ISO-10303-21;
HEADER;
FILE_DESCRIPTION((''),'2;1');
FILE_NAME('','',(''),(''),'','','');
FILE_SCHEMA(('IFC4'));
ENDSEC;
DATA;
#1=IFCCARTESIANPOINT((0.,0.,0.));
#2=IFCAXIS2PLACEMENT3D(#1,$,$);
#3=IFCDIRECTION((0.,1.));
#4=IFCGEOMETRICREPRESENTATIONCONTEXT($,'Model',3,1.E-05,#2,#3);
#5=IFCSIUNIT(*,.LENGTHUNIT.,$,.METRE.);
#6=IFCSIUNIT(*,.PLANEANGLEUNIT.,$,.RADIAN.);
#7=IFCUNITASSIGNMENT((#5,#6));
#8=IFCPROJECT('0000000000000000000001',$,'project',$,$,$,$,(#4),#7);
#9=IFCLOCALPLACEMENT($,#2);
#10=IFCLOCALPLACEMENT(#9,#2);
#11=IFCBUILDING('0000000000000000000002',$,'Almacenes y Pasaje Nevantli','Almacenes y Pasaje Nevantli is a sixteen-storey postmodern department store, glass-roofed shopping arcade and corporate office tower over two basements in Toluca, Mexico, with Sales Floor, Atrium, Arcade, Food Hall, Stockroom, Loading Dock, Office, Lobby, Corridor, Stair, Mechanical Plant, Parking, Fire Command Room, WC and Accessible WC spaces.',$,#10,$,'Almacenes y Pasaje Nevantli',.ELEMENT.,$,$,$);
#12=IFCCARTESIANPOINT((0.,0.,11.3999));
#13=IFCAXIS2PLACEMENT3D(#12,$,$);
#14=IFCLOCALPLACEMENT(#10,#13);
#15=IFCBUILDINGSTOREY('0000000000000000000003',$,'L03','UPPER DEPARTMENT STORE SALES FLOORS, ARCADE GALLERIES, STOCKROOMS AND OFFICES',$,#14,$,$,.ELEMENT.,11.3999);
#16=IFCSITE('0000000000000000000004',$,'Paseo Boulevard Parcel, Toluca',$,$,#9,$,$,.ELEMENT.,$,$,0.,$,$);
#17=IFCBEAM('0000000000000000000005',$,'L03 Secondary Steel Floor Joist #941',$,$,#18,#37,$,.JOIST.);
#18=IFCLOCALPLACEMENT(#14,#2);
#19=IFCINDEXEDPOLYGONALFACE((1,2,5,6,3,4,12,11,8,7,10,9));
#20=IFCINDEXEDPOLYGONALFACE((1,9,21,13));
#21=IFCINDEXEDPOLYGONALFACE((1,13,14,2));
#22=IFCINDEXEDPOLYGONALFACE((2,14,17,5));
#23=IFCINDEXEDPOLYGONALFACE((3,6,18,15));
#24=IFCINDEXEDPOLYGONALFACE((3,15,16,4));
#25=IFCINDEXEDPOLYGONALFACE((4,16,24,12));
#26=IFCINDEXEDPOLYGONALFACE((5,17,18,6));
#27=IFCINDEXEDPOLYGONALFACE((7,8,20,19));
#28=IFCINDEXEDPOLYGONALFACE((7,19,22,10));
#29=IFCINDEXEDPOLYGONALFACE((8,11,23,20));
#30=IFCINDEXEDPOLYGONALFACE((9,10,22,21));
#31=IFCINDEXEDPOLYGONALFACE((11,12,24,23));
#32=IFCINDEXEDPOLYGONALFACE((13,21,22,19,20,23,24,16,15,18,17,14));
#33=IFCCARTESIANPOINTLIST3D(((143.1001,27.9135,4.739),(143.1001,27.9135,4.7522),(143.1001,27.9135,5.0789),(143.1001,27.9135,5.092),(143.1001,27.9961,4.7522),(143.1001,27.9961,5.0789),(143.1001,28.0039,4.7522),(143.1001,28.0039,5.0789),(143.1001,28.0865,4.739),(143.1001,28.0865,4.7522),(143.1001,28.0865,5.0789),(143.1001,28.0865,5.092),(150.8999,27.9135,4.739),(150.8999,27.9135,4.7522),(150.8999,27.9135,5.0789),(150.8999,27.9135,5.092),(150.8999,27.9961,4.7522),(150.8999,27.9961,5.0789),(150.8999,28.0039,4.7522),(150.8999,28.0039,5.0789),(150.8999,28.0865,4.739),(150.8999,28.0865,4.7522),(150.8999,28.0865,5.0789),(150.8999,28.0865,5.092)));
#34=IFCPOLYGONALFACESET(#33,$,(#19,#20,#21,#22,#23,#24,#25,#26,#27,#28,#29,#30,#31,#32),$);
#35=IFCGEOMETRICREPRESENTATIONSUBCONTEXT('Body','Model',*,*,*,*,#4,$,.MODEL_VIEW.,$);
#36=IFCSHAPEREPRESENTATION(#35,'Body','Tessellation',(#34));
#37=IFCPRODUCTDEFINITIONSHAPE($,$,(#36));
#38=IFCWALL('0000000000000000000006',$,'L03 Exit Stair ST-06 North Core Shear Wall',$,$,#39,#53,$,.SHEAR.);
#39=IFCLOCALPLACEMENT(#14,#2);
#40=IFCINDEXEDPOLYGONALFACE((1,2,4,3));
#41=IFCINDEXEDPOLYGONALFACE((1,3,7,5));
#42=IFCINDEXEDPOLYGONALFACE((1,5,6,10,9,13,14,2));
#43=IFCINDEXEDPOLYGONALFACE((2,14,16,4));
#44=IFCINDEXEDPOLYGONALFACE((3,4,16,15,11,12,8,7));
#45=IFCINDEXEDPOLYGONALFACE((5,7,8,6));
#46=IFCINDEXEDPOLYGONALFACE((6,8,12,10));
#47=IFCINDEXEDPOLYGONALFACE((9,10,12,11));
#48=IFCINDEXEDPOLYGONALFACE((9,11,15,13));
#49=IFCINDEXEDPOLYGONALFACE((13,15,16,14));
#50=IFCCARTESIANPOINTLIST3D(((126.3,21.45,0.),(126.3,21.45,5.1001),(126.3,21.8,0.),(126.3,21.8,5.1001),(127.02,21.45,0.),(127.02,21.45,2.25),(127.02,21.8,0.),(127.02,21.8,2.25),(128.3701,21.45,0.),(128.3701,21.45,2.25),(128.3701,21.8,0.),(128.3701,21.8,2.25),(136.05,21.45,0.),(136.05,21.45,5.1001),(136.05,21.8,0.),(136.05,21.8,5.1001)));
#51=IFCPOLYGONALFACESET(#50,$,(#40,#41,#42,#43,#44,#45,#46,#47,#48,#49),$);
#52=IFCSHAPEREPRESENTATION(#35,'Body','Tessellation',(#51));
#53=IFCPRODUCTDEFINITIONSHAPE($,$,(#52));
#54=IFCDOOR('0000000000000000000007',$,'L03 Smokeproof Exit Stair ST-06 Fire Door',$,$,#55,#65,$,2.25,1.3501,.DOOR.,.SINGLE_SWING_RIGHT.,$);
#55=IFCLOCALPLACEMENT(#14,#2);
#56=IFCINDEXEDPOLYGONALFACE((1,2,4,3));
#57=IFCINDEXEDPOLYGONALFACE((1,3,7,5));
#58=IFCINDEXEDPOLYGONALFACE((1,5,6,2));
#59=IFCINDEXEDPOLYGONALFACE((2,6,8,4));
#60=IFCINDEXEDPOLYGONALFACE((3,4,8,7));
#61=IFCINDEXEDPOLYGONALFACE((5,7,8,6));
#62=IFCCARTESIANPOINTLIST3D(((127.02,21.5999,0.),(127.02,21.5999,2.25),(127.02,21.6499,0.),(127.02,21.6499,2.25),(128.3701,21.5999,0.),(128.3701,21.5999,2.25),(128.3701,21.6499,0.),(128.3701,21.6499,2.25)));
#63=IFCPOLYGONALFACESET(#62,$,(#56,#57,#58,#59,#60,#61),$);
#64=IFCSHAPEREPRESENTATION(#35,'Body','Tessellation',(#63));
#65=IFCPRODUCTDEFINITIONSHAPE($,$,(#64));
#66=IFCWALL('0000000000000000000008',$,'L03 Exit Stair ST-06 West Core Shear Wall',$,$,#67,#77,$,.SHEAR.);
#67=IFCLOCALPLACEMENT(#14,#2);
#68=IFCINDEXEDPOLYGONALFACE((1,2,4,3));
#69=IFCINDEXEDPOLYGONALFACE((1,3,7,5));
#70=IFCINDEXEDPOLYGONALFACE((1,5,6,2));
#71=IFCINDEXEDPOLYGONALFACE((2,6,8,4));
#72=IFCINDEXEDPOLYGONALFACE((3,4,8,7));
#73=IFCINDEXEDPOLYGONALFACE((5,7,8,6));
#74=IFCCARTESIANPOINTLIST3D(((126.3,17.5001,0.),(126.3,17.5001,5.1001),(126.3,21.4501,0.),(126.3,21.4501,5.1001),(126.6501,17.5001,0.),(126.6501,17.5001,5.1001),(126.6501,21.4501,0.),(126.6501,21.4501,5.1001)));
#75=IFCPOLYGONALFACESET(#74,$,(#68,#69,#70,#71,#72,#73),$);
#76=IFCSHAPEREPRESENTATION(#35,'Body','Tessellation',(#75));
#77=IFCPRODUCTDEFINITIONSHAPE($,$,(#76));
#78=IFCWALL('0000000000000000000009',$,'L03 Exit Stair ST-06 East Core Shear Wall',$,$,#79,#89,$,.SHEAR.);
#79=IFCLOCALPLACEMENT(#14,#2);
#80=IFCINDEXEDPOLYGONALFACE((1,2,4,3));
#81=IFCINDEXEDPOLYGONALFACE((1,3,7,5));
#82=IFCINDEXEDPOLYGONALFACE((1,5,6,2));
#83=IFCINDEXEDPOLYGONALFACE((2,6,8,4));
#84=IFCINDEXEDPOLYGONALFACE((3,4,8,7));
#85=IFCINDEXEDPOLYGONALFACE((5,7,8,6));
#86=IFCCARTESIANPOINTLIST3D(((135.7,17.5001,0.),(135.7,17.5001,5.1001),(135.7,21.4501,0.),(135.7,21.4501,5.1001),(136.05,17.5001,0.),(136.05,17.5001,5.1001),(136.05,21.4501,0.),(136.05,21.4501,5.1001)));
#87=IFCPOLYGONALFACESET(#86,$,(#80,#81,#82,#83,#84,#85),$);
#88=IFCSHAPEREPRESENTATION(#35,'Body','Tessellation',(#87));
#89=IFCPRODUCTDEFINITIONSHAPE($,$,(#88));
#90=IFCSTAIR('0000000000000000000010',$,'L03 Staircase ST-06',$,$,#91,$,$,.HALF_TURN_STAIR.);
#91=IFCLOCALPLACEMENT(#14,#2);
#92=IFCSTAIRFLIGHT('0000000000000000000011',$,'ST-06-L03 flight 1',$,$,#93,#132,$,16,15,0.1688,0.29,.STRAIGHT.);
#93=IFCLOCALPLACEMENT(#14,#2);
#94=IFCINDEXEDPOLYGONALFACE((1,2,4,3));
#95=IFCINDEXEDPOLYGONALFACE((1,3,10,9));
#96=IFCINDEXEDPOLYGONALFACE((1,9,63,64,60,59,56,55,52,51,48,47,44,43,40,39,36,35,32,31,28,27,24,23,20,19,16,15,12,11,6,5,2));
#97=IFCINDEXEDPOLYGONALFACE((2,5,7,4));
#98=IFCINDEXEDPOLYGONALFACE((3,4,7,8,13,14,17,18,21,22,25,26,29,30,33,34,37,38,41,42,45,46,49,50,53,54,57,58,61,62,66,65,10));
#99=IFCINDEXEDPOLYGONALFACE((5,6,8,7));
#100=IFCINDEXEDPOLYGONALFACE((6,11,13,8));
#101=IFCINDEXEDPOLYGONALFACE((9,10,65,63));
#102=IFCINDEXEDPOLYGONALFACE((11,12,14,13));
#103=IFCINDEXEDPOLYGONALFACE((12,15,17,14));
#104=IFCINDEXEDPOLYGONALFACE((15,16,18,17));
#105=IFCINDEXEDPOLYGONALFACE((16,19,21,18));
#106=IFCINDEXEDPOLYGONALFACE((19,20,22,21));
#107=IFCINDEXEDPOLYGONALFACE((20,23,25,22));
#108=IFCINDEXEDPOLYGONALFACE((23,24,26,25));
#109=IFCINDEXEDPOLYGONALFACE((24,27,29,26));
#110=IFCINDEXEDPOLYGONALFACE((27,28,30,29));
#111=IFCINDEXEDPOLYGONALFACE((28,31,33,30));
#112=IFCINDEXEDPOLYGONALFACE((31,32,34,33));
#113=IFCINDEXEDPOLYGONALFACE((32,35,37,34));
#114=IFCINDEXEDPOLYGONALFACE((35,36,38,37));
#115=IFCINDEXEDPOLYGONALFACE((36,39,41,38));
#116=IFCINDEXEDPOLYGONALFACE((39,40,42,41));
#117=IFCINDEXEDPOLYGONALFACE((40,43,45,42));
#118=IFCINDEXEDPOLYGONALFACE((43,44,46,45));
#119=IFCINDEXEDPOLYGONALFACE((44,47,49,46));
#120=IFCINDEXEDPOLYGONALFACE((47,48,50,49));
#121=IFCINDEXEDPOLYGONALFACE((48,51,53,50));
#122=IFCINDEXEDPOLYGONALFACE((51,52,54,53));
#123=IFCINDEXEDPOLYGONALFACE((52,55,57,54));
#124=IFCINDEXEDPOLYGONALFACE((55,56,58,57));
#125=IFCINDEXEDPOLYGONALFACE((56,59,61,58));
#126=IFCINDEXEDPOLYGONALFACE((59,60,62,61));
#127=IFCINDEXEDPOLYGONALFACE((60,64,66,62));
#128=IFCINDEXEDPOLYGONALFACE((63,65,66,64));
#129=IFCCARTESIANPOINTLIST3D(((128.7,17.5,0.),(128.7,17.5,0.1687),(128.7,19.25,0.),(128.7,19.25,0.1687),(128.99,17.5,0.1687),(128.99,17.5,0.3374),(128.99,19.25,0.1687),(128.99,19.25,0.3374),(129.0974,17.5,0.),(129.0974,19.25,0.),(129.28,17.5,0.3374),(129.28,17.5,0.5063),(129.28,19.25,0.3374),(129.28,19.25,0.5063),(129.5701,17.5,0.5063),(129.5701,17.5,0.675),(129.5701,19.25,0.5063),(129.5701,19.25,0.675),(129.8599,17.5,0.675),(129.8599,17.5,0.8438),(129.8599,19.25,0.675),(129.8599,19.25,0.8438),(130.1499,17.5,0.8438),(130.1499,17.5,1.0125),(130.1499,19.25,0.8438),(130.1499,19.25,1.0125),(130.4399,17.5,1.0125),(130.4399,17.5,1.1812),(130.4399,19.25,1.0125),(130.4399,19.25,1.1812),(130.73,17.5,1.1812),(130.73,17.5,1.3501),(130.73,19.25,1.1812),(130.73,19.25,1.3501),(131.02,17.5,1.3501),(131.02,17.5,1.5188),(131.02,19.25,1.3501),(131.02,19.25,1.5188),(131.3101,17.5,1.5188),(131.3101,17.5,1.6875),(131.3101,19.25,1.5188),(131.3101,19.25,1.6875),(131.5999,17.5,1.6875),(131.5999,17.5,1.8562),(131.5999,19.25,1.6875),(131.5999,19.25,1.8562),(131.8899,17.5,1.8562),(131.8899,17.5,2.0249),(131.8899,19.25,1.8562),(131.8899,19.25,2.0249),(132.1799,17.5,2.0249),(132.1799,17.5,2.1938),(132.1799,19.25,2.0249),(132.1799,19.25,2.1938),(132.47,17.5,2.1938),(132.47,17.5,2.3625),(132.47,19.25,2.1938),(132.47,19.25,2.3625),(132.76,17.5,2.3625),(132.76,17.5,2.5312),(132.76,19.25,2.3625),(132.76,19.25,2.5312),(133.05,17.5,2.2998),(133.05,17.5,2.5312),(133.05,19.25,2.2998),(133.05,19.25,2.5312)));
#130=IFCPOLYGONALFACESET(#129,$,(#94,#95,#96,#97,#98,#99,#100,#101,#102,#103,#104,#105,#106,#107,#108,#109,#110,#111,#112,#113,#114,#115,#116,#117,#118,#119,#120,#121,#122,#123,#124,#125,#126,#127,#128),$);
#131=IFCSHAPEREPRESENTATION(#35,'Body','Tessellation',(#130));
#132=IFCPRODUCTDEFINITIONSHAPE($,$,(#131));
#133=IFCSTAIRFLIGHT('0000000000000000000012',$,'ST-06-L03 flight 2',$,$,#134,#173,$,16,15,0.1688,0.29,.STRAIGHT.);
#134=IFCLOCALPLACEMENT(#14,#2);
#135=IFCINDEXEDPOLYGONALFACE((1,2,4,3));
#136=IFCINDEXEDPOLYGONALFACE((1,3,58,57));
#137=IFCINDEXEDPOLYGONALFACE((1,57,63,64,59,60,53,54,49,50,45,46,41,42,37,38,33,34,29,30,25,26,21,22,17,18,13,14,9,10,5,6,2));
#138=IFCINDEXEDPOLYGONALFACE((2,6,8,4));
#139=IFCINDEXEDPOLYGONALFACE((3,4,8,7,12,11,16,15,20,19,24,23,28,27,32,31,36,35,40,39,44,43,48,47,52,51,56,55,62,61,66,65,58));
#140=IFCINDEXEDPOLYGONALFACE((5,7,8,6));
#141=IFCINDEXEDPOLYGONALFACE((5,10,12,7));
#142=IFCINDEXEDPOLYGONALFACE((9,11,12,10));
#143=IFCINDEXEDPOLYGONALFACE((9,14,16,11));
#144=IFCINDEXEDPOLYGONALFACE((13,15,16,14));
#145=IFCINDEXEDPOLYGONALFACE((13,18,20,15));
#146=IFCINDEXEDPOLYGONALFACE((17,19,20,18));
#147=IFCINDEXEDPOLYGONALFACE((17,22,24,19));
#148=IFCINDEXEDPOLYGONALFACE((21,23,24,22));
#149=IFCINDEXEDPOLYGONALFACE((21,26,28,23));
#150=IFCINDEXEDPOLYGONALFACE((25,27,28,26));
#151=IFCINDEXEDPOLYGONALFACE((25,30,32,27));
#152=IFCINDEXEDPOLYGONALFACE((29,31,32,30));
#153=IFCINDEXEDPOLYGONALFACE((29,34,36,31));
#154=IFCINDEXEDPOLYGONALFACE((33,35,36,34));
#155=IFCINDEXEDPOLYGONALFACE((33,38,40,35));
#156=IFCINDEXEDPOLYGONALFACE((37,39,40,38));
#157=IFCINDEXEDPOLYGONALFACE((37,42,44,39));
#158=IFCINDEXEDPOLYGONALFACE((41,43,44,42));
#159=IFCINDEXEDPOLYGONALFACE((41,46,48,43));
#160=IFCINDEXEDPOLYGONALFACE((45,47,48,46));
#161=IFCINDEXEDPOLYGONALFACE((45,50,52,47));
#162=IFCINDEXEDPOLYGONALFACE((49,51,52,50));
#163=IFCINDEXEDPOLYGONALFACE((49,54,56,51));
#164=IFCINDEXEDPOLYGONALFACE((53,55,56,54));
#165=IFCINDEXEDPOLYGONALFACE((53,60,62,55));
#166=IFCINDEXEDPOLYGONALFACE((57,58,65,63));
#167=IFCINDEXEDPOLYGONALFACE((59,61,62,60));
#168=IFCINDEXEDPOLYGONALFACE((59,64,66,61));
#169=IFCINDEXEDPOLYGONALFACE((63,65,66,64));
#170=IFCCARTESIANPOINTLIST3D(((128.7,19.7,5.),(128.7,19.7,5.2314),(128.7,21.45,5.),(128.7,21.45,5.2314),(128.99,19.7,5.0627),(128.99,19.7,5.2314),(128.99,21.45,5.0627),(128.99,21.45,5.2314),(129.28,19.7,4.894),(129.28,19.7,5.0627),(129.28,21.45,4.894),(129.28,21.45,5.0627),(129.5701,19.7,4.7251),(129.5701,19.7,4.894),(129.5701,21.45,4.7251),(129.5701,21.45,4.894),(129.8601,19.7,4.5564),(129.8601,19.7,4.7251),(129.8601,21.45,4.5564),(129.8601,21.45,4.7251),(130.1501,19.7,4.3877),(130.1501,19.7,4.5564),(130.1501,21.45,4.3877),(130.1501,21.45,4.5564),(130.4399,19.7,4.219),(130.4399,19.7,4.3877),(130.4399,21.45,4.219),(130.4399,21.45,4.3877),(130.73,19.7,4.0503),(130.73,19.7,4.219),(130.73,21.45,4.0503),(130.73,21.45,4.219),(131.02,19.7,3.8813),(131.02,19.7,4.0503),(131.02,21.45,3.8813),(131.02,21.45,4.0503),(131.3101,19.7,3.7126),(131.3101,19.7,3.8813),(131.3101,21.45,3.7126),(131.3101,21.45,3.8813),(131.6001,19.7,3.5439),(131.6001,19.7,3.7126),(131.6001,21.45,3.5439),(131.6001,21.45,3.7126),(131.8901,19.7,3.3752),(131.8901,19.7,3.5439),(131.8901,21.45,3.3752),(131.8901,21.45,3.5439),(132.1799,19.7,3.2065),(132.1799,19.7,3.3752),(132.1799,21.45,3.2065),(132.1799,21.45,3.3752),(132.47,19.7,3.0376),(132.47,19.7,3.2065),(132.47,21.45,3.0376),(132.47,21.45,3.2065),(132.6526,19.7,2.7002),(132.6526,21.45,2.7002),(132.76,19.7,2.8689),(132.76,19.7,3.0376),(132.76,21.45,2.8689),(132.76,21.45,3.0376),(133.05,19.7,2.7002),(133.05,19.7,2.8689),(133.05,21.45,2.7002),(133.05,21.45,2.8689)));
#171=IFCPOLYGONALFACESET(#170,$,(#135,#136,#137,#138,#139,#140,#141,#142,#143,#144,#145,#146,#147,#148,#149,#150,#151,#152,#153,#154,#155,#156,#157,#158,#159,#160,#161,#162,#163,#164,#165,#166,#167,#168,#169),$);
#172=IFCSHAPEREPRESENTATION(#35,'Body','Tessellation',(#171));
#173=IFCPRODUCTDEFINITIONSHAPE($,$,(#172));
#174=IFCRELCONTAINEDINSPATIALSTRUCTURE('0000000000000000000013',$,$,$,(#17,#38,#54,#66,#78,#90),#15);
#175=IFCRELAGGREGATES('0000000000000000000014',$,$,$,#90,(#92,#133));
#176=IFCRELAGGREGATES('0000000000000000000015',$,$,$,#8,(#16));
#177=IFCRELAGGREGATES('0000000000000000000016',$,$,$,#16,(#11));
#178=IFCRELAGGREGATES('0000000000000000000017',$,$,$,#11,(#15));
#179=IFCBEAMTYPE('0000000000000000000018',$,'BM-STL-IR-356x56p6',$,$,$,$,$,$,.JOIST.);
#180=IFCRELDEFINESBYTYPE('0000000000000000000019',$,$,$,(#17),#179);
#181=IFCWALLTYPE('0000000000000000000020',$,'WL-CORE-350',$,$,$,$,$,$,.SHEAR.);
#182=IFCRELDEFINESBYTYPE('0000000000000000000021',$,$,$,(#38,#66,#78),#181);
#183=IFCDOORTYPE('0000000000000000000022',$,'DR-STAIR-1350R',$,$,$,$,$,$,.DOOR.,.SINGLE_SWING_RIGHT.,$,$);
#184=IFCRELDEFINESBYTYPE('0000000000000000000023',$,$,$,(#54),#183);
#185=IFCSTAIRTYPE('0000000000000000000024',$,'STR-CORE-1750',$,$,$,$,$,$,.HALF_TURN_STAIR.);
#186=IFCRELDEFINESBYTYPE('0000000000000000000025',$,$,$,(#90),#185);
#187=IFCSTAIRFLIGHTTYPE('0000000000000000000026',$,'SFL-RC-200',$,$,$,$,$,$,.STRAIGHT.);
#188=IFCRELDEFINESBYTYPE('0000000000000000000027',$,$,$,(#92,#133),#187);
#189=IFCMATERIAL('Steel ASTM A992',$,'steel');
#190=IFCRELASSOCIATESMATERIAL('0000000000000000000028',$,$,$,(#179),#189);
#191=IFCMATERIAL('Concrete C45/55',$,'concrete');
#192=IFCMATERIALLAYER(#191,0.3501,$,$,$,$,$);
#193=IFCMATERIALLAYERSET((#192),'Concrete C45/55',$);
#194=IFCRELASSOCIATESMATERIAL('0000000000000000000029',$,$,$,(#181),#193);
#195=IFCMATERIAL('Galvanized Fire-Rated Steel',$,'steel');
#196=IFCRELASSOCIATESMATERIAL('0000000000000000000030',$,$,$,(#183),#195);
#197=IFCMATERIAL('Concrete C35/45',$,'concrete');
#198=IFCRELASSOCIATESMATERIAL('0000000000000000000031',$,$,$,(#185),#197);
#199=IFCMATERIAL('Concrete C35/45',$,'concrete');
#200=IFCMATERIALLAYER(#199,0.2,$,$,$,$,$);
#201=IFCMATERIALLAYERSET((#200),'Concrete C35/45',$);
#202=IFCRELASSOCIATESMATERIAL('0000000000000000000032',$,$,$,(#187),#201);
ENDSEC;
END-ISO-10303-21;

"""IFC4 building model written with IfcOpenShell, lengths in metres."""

from ifc_helpers import new_model, si_unit, direction, frame, frame_2d, origin, origin_2d, place, context, subcontext, project, spatial, polyline, rectangle, i_section, outline, extrude, material, layer, layer_set, material_profile, profile_set, type_object, element, fill, aggregate, save


model = new_model("IFC4")

# Units and contexts
model_context = context("Model", 3, precision=1e-05, world=origin(), true_north=direction((0.0, 1.0)))
body_context = subcontext(model_context, "Body", "Model", "MODEL_VIEW")
ifc_project = project(units=[si_unit("LENGTHUNIT", "METRE"), si_unit("PLANEANGLEUNIT", "RADIAN")], contexts=[model_context])

# Site, building, storey
site_placement = place(None, origin())
site = spatial("IfcSite", under=ifc_project, at=site_placement, Name="Paseo Boulevard Parcel, Toluca", CompositionType="ELEMENT", RefElevation=0.0)
building_placement = place(site_placement, origin())
building = spatial("IfcBuilding", under=site, at=building_placement, Name="Almacenes y Pasaje Nevantli", Description="Almacenes y Pasaje Nevantli is a sixteen-storey postmodern department store, glass-roofed shopping arcade and corporate office tower over two basements in Toluca, Mexico, with Sales Floor, Atrium, Arcade, Food Hall, Stockroom, Loading Dock, Office, Lobby, Corridor, Stair, Mechanical Plant, Parking, Fire Command Room, WC and Accessible WC spaces.", LongName="Almacenes y Pasaje Nevantli", CompositionType="ELEMENT")
storey_placement = place(building_placement, frame((0.0, 0.0, 11.3999)))
storey = spatial("IfcBuildingStorey", under=building, at=storey_placement, Name="L03", Description="UPPER DEPARTMENT STORE SALES FLOORS, ARCADE GALLERIES, STOCKROOMS AND OFFICES", CompositionType="ELEMENT", Elevation=11.3999)

# Beam
ifc_material_1 = material(Name="Steel ASTM A992", Category="steel")
ifc_material_profile_1 = material_profile(ifc_material_1, i_section(OverallWidth=0.1731, OverallDepth=0.353, WebThickness=0.0078, FlangeThickness=0.0132, at=origin_2d()), Name="IR 356x56.6")
ifc_profile_set_1 = profile_set([ifc_material_profile_1], Name="Steel ASTM A992")
beam_type_1 = type_object("IfcBeamType", Name="BM-STL-IR-356x56p6", PredefinedType="JOIST", material=ifc_profile_set_1)
beam_1_placement = place(storey_placement, frame((143.1001, 28.0, 4.9155), z_axis=(1.0, 0.0, 0.0), x_axis=(0.0, 1.0, 0.0)))
element("IfcBeam", 1, at=beam_1_placement, inside=storey, type_object=beam_type_1, Name="L03 Secondary Steel Floor Joist #941", PredefinedType="JOIST", context=body_context, shape_type="SweptSolid", body=[
    extrude(i_section(OverallWidth=0.1731, OverallDepth=0.353, WebThickness=0.0078, FlangeThickness=0.0132, at=origin_2d()), origin(), (0.0, 0.0, 1.0), 7.7998),
])

# Wall, opening, door
ifc_material_2 = material(Name="Concrete C45/55", Category="concrete")
ifc_layer_1 = layer(ifc_material_2, 0.3501)
ifc_layer_set_1 = layer_set([ifc_layer_1], Name="Concrete C45/55")
wall_type = type_object("IfcWallType", Name="WL-CORE-350", PredefinedType="SHEAR", material=ifc_layer_set_1)
wall_placement = place(storey_placement, frame((126.3, 21.625, 0.0), z_axis=(0.0, 0.0, 1.0), x_axis=(1.0, 0.0, 0.0)))
wall = element("IfcWall", 2, at=wall_placement, inside=storey, type_object=wall_type, Name="L03 Exit Stair ST-06 North Core Shear Wall", PredefinedType="SHEAR", context=body_context, shape_type="SweptSolid", body=[
    extrude(rectangle(XDim=9.75, YDim=0.3501, at=frame_2d((4.875, 0.0))), origin(), (0.0, 0.0, 1.0), 5.1001),
])
opening_placement = place(wall_placement, frame((0.72, 0.0, 0.0)))
opening = element("IfcOpeningElement", 3, at=opening_placement, cuts=wall, PredefinedType="OPENING", context=body_context, shape_type="SweptSolid", body=[
    extrude(rectangle(XDim=1.3501, YDim=2.25, at=frame_2d((0.675, 1.125))), frame((0.0, 0.1851, 0.0), z_axis=(0.0, -1.0, 0.0), x_axis=(1.0, 0.0, 0.0)), (0.0, 0.0, 1.0), 0.3701),
])
ifc_material_3 = material(Name="Galvanized Fire-Rated Steel", Category="steel")
door_type = type_object("IfcDoorType", Name="DR-STAIR-1350R", OperationType="SINGLE_SWING_RIGHT", PredefinedType="DOOR", material=ifc_material_3)
door_placement = place(opening_placement, origin())
door = element("IfcDoor", 4, at=door_placement, inside=storey, type_object=door_type, Name="L03 Smokeproof Exit Stair ST-06 Fire Door", OperationType="SINGLE_SWING_RIGHT", OverallHeight=2.25, OverallWidth=1.3501, PredefinedType="DOOR", context=body_context, shape_type="SweptSolid", body=[
    extrude(rectangle(XDim=1.3501, YDim=2.25, at=frame_2d((0.675, 1.125))), frame((0.0, 0.0249, 0.0), z_axis=(0.0, -1.0, 0.0), x_axis=(1.0, 0.0, 0.0)), (0.0, 0.0, 1.0), 0.05),
])
fill(opening, door)

# Walls
for number, where, z_axis, x_axis, name in (
    (5, (126.4751, 17.5, 0.0), (0.0, 0.0, 1.0), (0.0, 1.0, 0.0), "L03 Exit Stair ST-06 West Core Shear Wall"),
    (6, (135.875, 17.5, 0.0), (0.0, 0.0, 1.0), (0.0, 1.0, 0.0), "L03 Exit Stair ST-06 East Core Shear Wall"),
):
    element("IfcWall", number, at=place(storey_placement, frame(where, z_axis=z_axis, x_axis=x_axis)), inside=storey, type_object=wall_type, Name=name, PredefinedType="SHEAR", context=body_context, shape_type="SweptSolid", body=[
        extrude(rectangle(XDim=3.95, YDim=0.3501, at=frame_2d((1.9751, 0.0))), origin(), (0.0, 0.0, 1.0), 5.1001),
    ])

# Stair, stair flights
ifc_material_4 = material(Name="Concrete C35/45", Category="concrete")
stair_type = type_object("IfcStairType", Name="STR-CORE-1750", PredefinedType="HALF_TURN_STAIR", material=ifc_material_4)
stair_placement = place(storey_placement, origin())
stair = element("IfcStair", 7, at=stair_placement, inside=storey, type_object=stair_type, Name="L03 Staircase ST-06", PredefinedType="HALF_TURN_STAIR")
ifc_material_5 = material(Name="Concrete C35/45", Category="concrete")
ifc_layer_2 = layer(ifc_material_5, 0.2)
ifc_layer_set_2 = layer_set([ifc_layer_2], Name="Concrete C35/45")
stair_flight_type = type_object("IfcStairFlightType", Name="SFL-RC-200", PredefinedType="STRAIGHT", material=ifc_layer_set_2)
stair_flight_1_placement = place(storey_placement, frame((128.7, 18.375, 0.0), z_axis=(0.0, 0.0, 1.0), x_axis=(1.0, 0.0, 0.0)))
stair_flight_1 = element("IfcStairFlight", 8, at=stair_flight_1_placement, type_object=stair_flight_type, Name="ST-06-L03 flight 1", NumberOfRisers=16, NumberOfTreads=15, PredefinedType="STRAIGHT", RiserHeight=0.1688, TreadLength=0.29, context=body_context, shape_type="SweptSolid", body=[
    extrude(outline(polyline([(0.0, 0.0), (0.0, 0.1687), (0.29, 0.1687), (0.29, 0.3374), (0.5801, 0.3374), (0.5801, 0.5063), (0.8701, 0.5063), (0.8701, 0.675), (1.1599, 0.675), (1.1599, 0.8438), (1.45, 0.8438), (1.45, 1.0125), (1.74, 1.0125), (1.74, 1.1812), (2.03, 1.1812), (2.03, 1.3501), (2.3201, 1.3501), (2.3201, 1.5188), (2.6101, 1.5188), (2.6101, 1.6875), (2.8999, 1.6875), (2.8999, 1.8562), (3.1899, 1.8562), (3.1899, 2.0249), (3.48, 2.0249), (3.48, 2.1938), (3.77, 2.1938), (3.77, 2.3625), (4.0601, 2.3625), (4.0601, 2.5312), (4.3501, 2.5312), (4.3501, 2.7), (4.3501, 2.2998), (0.3975, 0.0), (0.0, 0.0)])), frame((0.0, 0.875, 0.0), z_axis=(0.0, -1.0, 0.0), x_axis=(1.0, 0.0, 0.0)), (0.0, 0.0, 1.0), 1.75),
])
stair_flight_2_placement = place(storey_placement, frame((133.05, 20.575, 2.7002), z_axis=(0.0, 0.0, 1.0), x_axis=(-1.0, 0.0, 0.0)))
stair_flight_2 = element("IfcStairFlight", 9, at=stair_flight_2_placement, type_object=stair_flight_type, Name="ST-06-L03 flight 2", NumberOfRisers=16, NumberOfTreads=15, PredefinedType="STRAIGHT", RiserHeight=0.1688, TreadLength=0.29, context=body_context, shape_type="SweptSolid", body=[
    extrude(outline(polyline([(0.0, 0.0), (0.0, 0.1687), (0.29, 0.1687), (0.29, 0.3374), (0.5801, 0.3374), (0.5801, 0.5063), (0.8701, 0.5063), (0.8701, 0.675), (1.1599, 0.675), (1.1599, 0.8438), (1.45, 0.8438), (1.45, 1.0125), (1.74, 1.0125), (1.74, 1.1812), (2.03, 1.1812), (2.03, 1.3501), (2.3201, 1.3501), (2.3201, 1.5188), (2.6101, 1.5188), (2.6101, 1.6875), (2.8999, 1.6875), (2.8999, 1.8562), (3.1899, 1.8562), (3.1899, 2.0249), (3.48, 2.0249), (3.48, 2.1938), (3.77, 2.1938), (3.77, 2.3625), (4.0601, 2.3625), (4.0601, 2.5312), (4.3501, 2.5312), (4.3501, 2.7), (4.3501, 2.2998), (0.3975, 0.0), (0.0, 0.0)])), frame((0.0, 0.875, 0.0), z_axis=(0.0, -1.0, 0.0), x_axis=(1.0, 0.0, 0.0)), (0.0, 0.0, 1.0), 1.75),
])
aggregate(stair, [stair_flight_1, stair_flight_2])

save(model, "model.ifc")
